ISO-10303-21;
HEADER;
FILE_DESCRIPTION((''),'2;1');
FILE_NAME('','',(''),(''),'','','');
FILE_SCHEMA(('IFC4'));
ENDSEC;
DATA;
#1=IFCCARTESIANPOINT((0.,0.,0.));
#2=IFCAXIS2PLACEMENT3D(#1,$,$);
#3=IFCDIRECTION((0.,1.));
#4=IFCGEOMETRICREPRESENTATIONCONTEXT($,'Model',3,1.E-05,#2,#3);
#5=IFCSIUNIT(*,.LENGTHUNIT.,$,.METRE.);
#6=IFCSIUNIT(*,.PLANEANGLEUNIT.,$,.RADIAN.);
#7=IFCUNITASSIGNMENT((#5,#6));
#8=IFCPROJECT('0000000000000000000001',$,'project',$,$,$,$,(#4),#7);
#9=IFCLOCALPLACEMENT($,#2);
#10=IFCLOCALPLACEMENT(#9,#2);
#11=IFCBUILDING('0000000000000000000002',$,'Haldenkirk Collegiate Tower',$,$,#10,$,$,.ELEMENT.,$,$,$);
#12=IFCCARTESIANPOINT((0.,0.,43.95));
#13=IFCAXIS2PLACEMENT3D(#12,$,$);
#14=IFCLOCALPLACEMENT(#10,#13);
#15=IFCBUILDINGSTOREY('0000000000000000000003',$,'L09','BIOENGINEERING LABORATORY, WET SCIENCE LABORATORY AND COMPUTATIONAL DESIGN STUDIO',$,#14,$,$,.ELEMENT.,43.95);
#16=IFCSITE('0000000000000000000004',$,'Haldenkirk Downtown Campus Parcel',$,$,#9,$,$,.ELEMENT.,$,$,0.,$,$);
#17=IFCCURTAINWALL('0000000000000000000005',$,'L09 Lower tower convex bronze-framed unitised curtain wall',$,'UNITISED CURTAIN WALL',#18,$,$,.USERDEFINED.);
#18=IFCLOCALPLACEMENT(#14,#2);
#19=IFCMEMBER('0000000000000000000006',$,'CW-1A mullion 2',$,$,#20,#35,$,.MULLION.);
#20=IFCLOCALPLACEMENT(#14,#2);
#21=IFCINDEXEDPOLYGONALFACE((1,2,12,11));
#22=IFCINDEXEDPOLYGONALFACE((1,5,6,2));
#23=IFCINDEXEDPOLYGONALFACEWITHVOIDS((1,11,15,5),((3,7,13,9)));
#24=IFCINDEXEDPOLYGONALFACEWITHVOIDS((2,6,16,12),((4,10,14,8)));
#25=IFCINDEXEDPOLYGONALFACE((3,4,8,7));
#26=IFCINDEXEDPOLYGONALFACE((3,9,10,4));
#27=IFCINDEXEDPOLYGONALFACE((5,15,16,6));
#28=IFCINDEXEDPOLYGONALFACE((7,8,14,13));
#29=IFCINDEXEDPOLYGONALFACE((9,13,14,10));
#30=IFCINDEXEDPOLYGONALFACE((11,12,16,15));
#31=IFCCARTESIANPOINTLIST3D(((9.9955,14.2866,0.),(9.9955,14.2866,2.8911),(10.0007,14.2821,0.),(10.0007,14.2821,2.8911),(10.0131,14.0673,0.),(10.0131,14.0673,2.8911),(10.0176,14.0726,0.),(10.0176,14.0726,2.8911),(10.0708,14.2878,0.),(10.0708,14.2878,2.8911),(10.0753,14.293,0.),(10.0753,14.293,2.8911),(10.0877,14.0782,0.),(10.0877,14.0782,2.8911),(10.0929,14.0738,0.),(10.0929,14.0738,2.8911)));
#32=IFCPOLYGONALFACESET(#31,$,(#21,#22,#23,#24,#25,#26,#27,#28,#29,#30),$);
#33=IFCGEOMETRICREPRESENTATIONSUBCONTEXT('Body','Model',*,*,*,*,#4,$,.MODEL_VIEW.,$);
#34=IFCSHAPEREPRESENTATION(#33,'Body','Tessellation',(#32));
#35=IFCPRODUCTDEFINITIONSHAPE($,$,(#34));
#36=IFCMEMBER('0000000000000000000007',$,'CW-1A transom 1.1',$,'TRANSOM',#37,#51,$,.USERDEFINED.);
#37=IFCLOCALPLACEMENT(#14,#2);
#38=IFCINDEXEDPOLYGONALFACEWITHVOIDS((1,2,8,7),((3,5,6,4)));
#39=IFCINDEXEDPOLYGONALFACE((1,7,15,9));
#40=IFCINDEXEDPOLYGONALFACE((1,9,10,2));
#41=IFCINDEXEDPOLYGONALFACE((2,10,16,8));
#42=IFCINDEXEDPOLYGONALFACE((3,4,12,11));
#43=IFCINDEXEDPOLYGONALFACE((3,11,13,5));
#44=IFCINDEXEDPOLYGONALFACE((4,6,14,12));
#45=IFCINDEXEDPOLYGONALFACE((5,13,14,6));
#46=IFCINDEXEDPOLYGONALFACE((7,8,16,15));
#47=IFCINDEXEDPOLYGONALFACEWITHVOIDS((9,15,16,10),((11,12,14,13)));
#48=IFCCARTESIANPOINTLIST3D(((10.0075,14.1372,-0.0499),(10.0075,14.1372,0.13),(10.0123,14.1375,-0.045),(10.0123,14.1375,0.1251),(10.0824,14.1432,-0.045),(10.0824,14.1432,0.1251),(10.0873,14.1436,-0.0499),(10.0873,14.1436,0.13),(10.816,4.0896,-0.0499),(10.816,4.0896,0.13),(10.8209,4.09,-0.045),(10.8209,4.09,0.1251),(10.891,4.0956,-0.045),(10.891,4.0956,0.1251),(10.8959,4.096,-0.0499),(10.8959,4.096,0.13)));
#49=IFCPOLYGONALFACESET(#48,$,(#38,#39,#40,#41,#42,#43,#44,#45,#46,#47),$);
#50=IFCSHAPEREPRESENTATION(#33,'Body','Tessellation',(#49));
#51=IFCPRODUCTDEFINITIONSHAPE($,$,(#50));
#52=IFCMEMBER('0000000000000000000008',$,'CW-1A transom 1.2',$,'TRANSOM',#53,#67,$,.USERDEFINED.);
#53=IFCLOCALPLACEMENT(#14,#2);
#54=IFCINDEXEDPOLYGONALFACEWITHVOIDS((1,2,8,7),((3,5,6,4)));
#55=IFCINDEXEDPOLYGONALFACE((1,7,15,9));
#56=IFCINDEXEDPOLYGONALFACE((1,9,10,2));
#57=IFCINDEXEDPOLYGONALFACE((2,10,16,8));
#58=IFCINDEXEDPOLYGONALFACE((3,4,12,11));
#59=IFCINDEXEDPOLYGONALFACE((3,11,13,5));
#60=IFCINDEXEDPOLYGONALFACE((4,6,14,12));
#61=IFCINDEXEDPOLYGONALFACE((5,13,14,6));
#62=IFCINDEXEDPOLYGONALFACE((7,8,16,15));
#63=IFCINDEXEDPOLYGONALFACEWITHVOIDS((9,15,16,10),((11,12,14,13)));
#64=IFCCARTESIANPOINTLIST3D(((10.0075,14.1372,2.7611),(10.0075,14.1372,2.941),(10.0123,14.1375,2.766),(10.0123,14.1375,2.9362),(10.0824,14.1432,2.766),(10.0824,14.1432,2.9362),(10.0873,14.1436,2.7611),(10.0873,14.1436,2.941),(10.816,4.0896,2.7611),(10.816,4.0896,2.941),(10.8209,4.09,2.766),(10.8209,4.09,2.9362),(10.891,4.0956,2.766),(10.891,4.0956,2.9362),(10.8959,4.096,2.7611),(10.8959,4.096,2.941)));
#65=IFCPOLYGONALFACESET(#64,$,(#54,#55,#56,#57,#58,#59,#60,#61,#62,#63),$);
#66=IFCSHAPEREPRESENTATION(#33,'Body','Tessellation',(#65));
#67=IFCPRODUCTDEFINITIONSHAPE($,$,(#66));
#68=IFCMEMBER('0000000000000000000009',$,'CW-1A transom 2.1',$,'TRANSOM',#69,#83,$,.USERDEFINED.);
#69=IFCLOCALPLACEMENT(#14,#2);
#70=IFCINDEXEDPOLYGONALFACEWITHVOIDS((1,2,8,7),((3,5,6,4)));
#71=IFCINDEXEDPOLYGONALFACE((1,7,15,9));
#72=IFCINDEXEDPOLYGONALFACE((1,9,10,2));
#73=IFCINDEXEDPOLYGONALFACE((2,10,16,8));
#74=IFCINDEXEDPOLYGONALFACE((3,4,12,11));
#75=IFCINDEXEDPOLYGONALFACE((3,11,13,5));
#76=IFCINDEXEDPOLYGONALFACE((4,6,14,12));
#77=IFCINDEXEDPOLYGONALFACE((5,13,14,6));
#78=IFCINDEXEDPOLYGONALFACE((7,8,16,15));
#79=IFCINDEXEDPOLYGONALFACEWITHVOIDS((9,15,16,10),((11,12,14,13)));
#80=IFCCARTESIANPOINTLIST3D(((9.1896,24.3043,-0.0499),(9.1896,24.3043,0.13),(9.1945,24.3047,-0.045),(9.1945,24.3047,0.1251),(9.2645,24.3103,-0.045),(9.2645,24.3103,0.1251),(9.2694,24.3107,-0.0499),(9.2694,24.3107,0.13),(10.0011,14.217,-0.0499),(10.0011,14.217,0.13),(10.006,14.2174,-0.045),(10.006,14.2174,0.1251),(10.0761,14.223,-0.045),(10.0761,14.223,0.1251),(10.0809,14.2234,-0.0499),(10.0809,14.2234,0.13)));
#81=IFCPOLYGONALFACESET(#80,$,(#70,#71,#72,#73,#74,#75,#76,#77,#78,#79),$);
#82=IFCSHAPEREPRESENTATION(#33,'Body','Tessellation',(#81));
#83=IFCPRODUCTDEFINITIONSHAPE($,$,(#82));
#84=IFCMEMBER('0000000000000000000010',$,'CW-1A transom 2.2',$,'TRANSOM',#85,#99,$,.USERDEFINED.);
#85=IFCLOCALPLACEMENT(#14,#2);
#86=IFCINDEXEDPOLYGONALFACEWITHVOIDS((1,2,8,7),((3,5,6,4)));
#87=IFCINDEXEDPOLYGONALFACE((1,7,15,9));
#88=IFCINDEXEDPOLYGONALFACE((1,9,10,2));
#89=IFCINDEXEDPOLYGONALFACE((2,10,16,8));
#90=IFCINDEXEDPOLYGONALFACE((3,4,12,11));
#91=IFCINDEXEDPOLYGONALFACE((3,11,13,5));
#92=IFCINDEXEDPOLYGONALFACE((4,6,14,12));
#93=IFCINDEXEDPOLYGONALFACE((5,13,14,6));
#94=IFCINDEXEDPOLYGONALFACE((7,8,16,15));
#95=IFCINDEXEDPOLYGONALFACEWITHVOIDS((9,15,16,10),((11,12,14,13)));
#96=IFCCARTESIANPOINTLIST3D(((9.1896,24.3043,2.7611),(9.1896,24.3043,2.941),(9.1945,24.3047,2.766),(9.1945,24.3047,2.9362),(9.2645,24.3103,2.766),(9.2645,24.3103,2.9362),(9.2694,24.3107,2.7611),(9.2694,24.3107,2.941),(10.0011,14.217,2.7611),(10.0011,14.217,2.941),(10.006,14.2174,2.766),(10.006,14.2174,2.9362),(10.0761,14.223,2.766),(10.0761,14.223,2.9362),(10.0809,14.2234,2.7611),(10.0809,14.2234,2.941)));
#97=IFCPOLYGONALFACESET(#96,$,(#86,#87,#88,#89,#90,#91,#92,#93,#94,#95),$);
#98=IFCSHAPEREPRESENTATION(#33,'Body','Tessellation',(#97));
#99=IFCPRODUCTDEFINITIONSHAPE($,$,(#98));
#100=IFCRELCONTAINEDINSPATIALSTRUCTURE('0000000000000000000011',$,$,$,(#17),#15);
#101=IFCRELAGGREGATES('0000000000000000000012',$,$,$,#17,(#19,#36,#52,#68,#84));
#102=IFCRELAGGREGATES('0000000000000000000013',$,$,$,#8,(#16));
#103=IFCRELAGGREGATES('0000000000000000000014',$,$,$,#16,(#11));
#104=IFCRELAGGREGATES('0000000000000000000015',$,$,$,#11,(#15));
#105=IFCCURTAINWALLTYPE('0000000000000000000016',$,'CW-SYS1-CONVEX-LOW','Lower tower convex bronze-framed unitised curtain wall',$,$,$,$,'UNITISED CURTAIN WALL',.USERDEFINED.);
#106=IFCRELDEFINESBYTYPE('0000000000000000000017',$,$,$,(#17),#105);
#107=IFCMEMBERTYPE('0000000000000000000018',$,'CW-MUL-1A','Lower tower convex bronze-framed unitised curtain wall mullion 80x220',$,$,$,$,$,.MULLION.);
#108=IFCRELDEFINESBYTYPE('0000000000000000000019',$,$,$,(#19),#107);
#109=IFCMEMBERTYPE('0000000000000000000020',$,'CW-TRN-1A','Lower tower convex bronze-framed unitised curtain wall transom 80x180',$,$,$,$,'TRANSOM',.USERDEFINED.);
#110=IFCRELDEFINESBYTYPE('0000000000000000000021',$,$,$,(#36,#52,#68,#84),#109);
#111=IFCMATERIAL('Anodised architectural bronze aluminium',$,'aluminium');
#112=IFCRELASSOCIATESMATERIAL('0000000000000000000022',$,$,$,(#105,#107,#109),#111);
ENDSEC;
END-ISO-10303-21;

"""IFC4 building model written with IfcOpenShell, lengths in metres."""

from ifc_helpers import new_model, si_unit, direction, frame, origin, origin_2d, place, context, subcontext, project, spatial, hollow_rectangle, extrude, material, material_profile, profile_set, type_object, element, aggregate, save


model = new_model("IFC4")

# Units and contexts
model_context = context("Model", 3, precision=1e-05, world=origin(), true_north=direction((0.0, 1.0)))
body_context = subcontext(model_context, "Body", "Model", "MODEL_VIEW")
ifc_project = project(units=[si_unit("LENGTHUNIT", "METRE"), si_unit("PLANEANGLEUNIT", "RADIAN")], contexts=[model_context])

# Site, building, storey
site_placement = place(None, origin())
site = spatial("IfcSite", under=ifc_project, at=site_placement, Name="Haldenkirk Downtown Campus Parcel", CompositionType="ELEMENT", RefElevation=0.0)
building_placement = place(site_placement, origin())
building = spatial("IfcBuilding", under=site, at=building_placement, Name="Haldenkirk Collegiate Tower", CompositionType="ELEMENT")
storey_placement = place(building_placement, frame((0.0, 0.0, 43.95)))
storey = spatial("IfcBuildingStorey", under=building, at=storey_placement, Name="L09", Description="BIOENGINEERING LABORATORY, WET SCIENCE LABORATORY AND COMPUTATIONAL DESIGN STUDIO", CompositionType="ELEMENT", Elevation=43.95)

# Curtain wall, members
ifc_material_1 = material(Name="Anodised architectural bronze aluminium", Category="aluminium")
curtain_wall_type = type_object("IfcCurtainWallType", Name="CW-SYS1-CONVEX-LOW", Description="Lower tower convex bronze-framed unitised curtain wall", ElementType="UNITISED CURTAIN WALL", PredefinedType="USERDEFINED", material=ifc_material_1)
curtain_wall_placement = place(storey_placement, origin())
curtain_wall = element("IfcCurtainWall", 1, at=curtain_wall_placement, inside=storey, type_object=curtain_wall_type, Name="L09 Lower tower convex bronze-framed unitised curtain wall", ObjectType="UNITISED CURTAIN WALL", PredefinedType="USERDEFINED")
ifc_material_profile_1 = material_profile(ifc_material_1, hollow_rectangle(XDim=0.0801, YDim=0.22, WallThickness=0.0049, at=origin_2d()), Name="CW-MUL-1A")
ifc_profile_set_1 = profile_set([ifc_material_profile_1], Name="Anodised architectural bronze aluminium")
member_type_1 = type_object("IfcMemberType", Name="CW-MUL-1A", Description="Lower tower convex bronze-framed unitised curtain wall mullion 80x220", PredefinedType="MULLION", material=ifc_profile_set_1)
member_1_placement = place(storey_placement, frame((10.0442, 14.1802, 0.0), z_axis=(0.0, 0.0, 1.0), x_axis=(-0.996779, -0.080198, 0.0)))
member_1 = element("IfcMember", 2, at=member_1_placement, type_object=member_type_1, Name="CW-1A mullion 2", PredefinedType="MULLION", context=body_context, shape_type="SweptSolid", body=[
    extrude(hollow_rectangle(XDim=0.0801, YDim=0.22, WallThickness=0.0049, at=origin_2d()), origin(), (0.0, 0.0, 1.0), 2.8911),
])
ifc_material_profile_2 = material_profile(ifc_material_1, hollow_rectangle(XDim=0.0801, YDim=0.1799, WallThickness=0.0049, at=origin_2d()), Name="CW-TRN-1A")
ifc_profile_set_2 = profile_set([ifc_material_profile_2], Name="Anodised architectural bronze aluminium")
member_type_2 = type_object("IfcMemberType", Name="CW-TRN-1A", Description="Lower tower convex bronze-framed unitised curtain wall transom 80x180", ElementType="TRANSOM", PredefinedType="USERDEFINED", material=ifc_profile_set_2)
member_2_placement = place(storey_placement, frame((10.856, 4.0928, 0.04), z_axis=(-0.080217, 0.996777, 0.0), x_axis=(-0.996777, -0.080217, 0.0)))
member_2 = element("IfcMember", 3, at=member_2_placement, type_object=member_type_2, Name="CW-1A transom 1.1", ObjectType="TRANSOM", PredefinedType="USERDEFINED", context=body_context, shape_type="SweptSolid", body=[
    extrude(hollow_rectangle(XDim=0.0801, YDim=0.1799, WallThickness=0.0049, at=origin_2d()), origin(), (0.0, 0.0, 1.0), 10.0801),
])
member_3_placement = place(storey_placement, frame((10.856, 4.0928, 2.8511), z_axis=(-0.080217, 0.996777, 0.0), x_axis=(-0.996777, -0.080217, 0.0)))
member_3 = element("IfcMember", 4, at=member_3_placement, type_object=member_type_2, Name="CW-1A transom 1.2", ObjectType="TRANSOM", PredefinedType="USERDEFINED", context=body_context, shape_type="SweptSolid", body=[
    extrude(hollow_rectangle(XDim=0.0801, YDim=0.1799, WallThickness=0.0049, at=origin_2d()), origin(), (0.0, 0.0, 1.0), 10.0801),
])
member_4_placement = place(storey_placement, frame((10.041, 14.2202, 0.04), z_axis=(-0.08019, 0.99678, 0.0), x_axis=(-0.99678, -0.08019, 0.0)))
member_4 = element("IfcMember", 5, at=member_4_placement, type_object=member_type_2, Name="CW-1A transom 2.1", ObjectType="TRANSOM", PredefinedType="USERDEFINED", context=body_context, shape_type="SweptSolid", body=[
    extrude(hollow_rectangle(XDim=0.0801, YDim=0.1799, WallThickness=0.0049, at=origin_2d()), origin(), (0.0, 0.0, 1.0), 10.1199),
])
member_5_placement = place(storey_placement, frame((10.041, 14.2202, 2.8511), z_axis=(-0.08019, 0.99678, 0.0), x_axis=(-0.99678, -0.08019, 0.0)))
member_5 = element("IfcMember", 6, at=member_5_placement, type_object=member_type_2, Name="CW-1A transom 2.2", ObjectType="TRANSOM", PredefinedType="USERDEFINED", context=body_context, shape_type="SweptSolid", body=[
    extrude(hollow_rectangle(XDim=0.0801, YDim=0.1799, WallThickness=0.0049, at=origin_2d()), origin(), (0.0, 0.0, 1.0), 10.1199),
])

aggregate(curtain_wall, [member_1, member_2, member_3, member_4, member_5])

save(model, "model.ifc")
